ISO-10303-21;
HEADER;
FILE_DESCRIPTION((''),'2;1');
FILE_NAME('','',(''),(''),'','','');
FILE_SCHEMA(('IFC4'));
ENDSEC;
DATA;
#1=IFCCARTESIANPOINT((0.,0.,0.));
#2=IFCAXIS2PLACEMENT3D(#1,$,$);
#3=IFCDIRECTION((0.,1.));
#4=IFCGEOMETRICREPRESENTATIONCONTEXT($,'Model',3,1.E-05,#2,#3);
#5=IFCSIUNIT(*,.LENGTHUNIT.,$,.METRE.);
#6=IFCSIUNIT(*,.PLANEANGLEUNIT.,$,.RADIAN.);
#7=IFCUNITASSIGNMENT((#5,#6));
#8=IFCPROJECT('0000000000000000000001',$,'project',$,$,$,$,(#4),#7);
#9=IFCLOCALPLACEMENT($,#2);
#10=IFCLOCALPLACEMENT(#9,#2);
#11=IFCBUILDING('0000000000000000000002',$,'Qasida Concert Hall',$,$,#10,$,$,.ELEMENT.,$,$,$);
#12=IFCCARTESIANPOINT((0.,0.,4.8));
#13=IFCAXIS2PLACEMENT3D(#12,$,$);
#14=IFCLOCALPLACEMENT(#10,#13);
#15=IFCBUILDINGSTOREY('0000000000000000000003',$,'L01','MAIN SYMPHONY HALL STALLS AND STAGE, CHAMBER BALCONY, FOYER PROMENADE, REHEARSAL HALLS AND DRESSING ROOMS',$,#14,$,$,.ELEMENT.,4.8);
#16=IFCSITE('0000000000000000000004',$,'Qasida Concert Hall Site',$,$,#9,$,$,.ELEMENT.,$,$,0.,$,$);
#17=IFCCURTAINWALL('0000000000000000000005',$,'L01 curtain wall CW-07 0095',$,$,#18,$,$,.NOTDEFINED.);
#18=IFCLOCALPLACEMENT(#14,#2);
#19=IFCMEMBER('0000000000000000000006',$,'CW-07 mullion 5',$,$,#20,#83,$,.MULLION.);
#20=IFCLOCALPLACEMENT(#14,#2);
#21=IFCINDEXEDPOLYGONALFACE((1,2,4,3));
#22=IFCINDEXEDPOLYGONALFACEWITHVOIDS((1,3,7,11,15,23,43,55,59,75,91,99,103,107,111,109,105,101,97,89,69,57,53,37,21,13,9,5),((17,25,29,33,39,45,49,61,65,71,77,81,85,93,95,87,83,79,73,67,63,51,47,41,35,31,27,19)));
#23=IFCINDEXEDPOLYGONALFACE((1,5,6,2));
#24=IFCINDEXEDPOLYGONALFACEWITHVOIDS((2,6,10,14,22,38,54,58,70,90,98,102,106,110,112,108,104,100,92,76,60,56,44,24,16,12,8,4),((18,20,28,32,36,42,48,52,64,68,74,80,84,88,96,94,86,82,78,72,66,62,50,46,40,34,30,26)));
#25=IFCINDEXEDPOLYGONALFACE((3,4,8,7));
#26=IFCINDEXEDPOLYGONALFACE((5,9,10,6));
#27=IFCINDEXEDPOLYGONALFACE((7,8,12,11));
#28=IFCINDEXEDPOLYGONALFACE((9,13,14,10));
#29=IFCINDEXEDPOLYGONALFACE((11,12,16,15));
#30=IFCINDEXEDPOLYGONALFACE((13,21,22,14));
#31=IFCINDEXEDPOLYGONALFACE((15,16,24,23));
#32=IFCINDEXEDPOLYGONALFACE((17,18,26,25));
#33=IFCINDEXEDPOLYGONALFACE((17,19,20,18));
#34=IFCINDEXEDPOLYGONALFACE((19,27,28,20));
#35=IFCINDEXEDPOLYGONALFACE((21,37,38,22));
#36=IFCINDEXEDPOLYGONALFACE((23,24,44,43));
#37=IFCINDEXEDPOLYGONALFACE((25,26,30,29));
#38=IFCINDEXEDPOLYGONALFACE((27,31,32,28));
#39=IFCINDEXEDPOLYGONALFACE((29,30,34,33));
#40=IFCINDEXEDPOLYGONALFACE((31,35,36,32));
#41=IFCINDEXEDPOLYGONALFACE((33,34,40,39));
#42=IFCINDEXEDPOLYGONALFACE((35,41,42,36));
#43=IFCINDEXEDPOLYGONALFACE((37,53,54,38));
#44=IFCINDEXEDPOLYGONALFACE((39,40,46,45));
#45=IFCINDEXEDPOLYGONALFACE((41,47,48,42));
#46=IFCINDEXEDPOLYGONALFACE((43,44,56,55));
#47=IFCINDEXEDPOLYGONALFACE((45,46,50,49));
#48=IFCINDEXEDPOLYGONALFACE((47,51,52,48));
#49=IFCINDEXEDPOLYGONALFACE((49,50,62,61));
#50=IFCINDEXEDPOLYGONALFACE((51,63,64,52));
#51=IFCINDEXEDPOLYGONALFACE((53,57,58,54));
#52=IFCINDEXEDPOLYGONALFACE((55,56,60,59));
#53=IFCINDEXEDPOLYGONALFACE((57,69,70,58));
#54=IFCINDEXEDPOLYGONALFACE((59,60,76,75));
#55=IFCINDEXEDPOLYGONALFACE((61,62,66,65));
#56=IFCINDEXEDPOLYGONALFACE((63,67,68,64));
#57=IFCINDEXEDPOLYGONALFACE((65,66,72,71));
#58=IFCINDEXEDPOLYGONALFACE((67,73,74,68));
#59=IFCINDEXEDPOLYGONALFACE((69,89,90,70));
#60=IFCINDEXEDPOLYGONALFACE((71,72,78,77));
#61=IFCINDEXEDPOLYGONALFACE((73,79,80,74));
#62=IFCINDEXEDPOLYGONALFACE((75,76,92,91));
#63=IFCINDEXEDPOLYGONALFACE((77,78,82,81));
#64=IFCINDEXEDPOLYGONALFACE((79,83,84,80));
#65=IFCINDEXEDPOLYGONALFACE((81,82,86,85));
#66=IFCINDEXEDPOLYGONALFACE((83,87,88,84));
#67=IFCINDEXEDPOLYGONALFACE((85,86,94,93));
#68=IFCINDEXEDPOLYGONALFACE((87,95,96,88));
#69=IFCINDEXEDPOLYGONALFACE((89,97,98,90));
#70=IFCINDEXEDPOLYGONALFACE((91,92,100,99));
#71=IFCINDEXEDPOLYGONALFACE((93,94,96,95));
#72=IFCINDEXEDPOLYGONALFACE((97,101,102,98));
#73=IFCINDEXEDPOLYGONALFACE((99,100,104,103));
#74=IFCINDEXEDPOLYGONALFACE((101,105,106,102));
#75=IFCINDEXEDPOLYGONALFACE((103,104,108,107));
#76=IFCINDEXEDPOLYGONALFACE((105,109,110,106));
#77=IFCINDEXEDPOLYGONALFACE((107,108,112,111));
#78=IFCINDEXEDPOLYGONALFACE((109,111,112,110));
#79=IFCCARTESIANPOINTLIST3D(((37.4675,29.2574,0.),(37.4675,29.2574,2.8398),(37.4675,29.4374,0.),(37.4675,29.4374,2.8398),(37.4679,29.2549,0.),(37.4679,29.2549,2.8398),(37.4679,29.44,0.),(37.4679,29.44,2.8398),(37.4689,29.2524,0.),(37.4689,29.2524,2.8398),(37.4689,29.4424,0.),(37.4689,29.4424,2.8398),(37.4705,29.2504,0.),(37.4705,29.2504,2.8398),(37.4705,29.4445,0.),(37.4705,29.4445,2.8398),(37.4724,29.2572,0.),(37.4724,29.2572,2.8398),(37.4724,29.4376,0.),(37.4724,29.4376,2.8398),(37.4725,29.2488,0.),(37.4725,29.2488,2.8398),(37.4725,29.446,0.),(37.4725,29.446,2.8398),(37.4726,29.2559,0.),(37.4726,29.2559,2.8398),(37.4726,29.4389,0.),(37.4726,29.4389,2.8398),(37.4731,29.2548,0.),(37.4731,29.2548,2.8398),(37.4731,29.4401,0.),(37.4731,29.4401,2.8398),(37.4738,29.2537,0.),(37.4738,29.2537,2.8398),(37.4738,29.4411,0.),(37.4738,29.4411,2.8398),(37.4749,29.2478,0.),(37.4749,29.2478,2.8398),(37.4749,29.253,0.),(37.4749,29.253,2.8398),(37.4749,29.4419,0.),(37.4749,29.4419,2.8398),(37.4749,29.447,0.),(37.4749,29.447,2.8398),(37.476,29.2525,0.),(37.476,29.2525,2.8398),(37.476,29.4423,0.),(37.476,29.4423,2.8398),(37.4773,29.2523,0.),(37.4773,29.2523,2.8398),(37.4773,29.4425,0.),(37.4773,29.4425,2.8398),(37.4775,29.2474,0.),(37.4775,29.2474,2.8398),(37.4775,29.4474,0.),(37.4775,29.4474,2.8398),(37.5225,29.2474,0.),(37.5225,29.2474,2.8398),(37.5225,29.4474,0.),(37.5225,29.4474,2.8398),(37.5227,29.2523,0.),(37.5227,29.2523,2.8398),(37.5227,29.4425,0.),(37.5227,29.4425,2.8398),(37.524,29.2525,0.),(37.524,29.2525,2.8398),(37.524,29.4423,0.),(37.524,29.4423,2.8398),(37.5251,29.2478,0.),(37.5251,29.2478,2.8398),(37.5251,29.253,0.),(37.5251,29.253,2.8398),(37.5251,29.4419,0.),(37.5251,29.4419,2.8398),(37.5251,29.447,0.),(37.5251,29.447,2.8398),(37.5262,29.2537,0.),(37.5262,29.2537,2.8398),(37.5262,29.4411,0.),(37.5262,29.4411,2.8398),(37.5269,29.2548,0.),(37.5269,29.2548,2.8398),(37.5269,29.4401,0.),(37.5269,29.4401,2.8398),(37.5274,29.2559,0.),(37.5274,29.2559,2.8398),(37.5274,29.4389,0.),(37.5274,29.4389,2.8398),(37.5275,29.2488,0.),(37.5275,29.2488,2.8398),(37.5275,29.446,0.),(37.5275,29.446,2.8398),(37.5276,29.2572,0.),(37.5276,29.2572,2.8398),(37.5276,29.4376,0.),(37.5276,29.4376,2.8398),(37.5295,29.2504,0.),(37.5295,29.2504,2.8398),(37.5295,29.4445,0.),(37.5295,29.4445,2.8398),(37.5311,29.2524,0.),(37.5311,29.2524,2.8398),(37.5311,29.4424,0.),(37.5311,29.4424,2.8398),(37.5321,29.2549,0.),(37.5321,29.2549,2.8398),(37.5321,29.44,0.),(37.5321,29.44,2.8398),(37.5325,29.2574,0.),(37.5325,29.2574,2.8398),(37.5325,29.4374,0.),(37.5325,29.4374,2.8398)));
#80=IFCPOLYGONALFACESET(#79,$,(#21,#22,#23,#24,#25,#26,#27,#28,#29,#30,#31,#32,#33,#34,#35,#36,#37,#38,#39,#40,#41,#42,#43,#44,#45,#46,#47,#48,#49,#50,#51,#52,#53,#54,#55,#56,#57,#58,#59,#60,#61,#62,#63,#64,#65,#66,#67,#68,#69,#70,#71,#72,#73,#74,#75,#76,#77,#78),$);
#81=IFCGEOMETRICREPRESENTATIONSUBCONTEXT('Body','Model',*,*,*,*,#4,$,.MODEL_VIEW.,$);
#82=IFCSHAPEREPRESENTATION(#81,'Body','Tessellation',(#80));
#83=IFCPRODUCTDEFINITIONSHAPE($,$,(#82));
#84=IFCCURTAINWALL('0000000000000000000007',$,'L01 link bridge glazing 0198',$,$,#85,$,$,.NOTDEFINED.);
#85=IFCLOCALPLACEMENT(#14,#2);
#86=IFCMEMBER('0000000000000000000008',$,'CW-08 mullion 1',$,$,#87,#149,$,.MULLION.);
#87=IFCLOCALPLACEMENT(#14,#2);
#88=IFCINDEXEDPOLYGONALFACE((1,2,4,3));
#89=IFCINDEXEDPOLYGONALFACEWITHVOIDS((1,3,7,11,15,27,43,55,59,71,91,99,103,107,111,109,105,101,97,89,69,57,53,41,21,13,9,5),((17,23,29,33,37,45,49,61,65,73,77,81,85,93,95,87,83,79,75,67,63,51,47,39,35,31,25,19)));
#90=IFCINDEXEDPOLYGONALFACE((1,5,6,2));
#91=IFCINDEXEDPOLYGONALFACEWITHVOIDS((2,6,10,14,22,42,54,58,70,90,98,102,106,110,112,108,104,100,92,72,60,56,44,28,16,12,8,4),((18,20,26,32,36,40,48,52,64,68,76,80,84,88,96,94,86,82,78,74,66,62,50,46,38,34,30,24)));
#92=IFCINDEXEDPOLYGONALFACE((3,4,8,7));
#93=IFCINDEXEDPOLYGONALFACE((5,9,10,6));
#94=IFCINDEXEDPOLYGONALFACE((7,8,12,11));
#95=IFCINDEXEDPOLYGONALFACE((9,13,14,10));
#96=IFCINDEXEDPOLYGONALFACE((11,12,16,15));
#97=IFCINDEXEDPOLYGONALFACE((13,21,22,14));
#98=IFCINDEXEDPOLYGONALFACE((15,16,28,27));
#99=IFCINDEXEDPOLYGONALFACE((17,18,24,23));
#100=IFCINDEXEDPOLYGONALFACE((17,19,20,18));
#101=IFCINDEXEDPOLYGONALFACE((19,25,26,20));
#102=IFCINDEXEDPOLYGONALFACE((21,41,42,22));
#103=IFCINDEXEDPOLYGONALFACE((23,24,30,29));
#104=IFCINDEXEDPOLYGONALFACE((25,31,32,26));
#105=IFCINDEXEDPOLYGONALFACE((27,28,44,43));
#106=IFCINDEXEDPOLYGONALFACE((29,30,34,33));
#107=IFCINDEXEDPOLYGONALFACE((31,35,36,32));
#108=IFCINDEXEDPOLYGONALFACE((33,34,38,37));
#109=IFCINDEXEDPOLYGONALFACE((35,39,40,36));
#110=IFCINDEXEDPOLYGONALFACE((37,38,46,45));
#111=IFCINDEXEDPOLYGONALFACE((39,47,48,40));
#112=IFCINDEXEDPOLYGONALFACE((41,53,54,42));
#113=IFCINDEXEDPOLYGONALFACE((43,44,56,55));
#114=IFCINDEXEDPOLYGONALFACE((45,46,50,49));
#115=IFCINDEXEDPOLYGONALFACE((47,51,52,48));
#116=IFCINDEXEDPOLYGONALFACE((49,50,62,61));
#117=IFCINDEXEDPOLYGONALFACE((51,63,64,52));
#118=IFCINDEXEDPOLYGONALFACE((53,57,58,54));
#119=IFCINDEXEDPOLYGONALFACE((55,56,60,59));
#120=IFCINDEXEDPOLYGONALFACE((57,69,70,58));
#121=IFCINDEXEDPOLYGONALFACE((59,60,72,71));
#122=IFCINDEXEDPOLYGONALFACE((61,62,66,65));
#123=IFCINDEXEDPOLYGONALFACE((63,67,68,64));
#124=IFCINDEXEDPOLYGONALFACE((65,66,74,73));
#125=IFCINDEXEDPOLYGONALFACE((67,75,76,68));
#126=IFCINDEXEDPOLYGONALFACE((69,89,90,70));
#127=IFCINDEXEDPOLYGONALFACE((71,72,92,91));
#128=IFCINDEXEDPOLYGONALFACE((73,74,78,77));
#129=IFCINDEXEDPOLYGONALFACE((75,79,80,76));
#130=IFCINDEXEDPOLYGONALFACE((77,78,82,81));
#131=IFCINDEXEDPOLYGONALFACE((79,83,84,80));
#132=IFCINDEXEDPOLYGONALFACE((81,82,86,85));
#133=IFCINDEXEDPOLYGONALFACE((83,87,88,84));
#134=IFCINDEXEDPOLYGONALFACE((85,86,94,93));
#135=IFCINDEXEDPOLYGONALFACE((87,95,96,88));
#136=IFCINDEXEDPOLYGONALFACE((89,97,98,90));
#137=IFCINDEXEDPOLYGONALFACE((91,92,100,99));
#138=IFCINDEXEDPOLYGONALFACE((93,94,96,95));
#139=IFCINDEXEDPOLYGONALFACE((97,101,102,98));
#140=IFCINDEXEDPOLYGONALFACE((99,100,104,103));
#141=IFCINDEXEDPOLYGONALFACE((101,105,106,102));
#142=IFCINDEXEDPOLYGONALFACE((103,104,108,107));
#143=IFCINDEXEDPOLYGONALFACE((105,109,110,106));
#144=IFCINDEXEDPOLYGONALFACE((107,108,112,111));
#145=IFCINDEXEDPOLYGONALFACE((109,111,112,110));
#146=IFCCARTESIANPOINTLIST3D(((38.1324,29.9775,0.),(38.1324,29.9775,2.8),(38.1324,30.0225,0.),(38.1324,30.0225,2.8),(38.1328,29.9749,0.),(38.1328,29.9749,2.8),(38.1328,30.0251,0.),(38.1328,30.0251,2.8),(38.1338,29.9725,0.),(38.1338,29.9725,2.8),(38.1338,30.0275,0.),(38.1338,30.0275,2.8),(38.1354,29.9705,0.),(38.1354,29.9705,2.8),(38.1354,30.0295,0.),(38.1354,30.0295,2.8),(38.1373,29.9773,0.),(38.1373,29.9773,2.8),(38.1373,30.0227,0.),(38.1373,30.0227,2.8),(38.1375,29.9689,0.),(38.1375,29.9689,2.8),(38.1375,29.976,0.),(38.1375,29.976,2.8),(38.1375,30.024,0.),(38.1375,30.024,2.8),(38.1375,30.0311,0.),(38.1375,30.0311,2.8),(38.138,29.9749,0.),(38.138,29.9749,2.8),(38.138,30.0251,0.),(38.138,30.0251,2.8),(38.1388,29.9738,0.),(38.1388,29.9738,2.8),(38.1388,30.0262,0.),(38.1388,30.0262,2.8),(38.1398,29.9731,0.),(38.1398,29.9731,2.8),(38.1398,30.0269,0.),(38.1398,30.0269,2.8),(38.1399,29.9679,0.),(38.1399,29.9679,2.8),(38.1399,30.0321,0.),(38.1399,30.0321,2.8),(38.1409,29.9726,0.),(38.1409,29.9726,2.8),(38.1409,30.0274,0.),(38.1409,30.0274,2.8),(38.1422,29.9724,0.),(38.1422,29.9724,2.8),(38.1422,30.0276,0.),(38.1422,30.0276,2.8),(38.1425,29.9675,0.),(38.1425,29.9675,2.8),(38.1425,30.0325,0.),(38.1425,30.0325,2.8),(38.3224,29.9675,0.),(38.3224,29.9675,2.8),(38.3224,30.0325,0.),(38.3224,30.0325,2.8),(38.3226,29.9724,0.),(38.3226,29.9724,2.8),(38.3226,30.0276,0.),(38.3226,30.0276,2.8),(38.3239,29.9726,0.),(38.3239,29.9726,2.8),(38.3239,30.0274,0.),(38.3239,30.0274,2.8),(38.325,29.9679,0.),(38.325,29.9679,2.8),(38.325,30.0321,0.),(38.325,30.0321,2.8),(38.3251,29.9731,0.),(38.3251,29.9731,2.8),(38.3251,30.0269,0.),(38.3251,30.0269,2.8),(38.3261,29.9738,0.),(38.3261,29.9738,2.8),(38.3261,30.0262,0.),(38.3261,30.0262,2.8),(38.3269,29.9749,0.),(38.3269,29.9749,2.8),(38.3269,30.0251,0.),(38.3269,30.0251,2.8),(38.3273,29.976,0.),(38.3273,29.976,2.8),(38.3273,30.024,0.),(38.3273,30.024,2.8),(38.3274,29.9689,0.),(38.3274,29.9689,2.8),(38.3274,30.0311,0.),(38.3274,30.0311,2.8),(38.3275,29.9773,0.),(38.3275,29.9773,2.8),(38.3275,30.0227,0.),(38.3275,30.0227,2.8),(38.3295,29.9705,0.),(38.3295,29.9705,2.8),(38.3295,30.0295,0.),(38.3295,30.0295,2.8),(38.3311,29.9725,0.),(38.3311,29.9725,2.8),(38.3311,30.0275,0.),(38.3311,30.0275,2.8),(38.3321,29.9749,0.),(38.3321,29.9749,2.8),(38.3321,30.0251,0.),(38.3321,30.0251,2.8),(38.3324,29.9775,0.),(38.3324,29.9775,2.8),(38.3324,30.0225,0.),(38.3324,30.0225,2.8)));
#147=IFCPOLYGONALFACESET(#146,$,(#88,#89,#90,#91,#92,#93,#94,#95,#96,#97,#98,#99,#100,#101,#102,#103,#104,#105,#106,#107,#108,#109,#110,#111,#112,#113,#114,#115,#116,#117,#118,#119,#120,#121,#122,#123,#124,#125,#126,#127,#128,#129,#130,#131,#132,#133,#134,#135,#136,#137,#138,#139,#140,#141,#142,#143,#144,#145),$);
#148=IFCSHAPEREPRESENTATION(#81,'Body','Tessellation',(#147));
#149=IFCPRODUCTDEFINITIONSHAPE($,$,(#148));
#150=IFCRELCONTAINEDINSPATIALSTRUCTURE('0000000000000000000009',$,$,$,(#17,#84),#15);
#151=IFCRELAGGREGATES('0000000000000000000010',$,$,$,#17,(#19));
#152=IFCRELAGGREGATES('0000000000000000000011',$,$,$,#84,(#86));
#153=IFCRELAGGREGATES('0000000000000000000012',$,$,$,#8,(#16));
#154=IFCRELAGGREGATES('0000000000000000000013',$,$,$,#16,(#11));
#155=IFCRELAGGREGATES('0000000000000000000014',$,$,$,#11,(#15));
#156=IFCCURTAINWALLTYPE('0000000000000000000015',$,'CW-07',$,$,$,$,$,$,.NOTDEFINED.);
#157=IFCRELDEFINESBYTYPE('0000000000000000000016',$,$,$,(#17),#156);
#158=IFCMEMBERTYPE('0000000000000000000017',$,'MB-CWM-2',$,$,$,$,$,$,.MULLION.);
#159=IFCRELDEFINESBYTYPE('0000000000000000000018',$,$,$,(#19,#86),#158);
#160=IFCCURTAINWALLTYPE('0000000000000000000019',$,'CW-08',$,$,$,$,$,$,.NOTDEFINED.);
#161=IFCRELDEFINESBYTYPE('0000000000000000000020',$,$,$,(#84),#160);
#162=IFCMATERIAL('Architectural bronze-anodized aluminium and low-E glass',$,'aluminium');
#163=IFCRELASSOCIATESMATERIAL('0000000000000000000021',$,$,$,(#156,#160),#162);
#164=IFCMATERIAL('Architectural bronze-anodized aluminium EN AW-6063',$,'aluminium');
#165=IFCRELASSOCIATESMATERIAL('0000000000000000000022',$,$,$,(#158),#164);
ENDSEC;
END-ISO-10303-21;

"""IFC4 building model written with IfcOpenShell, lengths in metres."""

from ifc_helpers import new_model, si_unit, direction, frame, origin, origin_2d, place, context, subcontext, project, spatial, hollow_rectangle, extrude, material, material_profile, profile_set, type_object, element, aggregate, save


model = new_model("IFC4")

# Units and contexts
model_context = context("Model", 3, precision=1e-05, world=origin(), true_north=direction((0.0, 1.0)))
body_context = subcontext(model_context, "Body", "Model", "MODEL_VIEW")
ifc_project = project(units=[si_unit("LENGTHUNIT", "METRE"), si_unit("PLANEANGLEUNIT", "RADIAN")], contexts=[model_context])

# Site, building, storey
site_placement = place(None, origin())
site = spatial("IfcSite", under=ifc_project, at=site_placement, Name="Qasida Concert Hall Site", CompositionType="ELEMENT", RefElevation=0.0)
building_placement = place(site_placement, origin())
building = spatial("IfcBuilding", under=site, at=building_placement, Name="Qasida Concert Hall", CompositionType="ELEMENT")
storey_placement = place(building_placement, frame((0.0, 0.0, 4.8)))
storey = spatial("IfcBuildingStorey", under=building, at=storey_placement, Name="L01", Description="MAIN SYMPHONY HALL STALLS AND STAGE, CHAMBER BALCONY, FOYER PROMENADE, REHEARSAL HALLS AND DRESSING ROOMS", CompositionType="ELEMENT", Elevation=4.8)

# Curtain wall, member
ifc_material_1 = material(Name="Architectural bronze-anodized aluminium and low-E glass", Category="aluminium")
curtain_wall_type_1 = type_object("IfcCurtainWallType", Name="CW-07", PredefinedType="NOTDEFINED", material=ifc_material_1)
curtain_wall_1_placement = place(storey_placement, origin())
curtain_wall_1 = element("IfcCurtainWall", 1, at=curtain_wall_1_placement, inside=storey, type_object=curtain_wall_type_1, Name="L01 curtain wall CW-07 0095", PredefinedType="NOTDEFINED")
ifc_material_2 = material(Name="Architectural bronze-anodized aluminium EN AW-6063", Category="aluminium")
ifc_material_profile_1 = material_profile(ifc_material_2, hollow_rectangle(XDim=0.0649, YDim=0.2, WallThickness=0.0049, InnerFilletRadius=0.0049, OuterFilletRadius=0.01, at=origin_2d()), Name="CWM 200x65x5")
ifc_profile_set_1 = profile_set([ifc_material_profile_1], Name="Architectural bronze-anodized aluminium EN AW-6063")
member_type_1 = type_object("IfcMemberType", Name="MB-CWM-2", PredefinedType="MULLION", material=ifc_profile_set_1)
member_1_placement = place(storey_placement, frame((37.5, 29.3474, 0.0), z_axis=(0.0, 0.0, 1.0), x_axis=(-1.0, 0.0, 0.0)))
member_1 = element("IfcMember", 2, at=member_1_placement, type_object=member_type_1, Name="CW-07 mullion 5", PredefinedType="MULLION", context=body_context, shape_type="SweptSolid", body=[
    extrude(hollow_rectangle(XDim=0.0649, YDim=0.2, WallThickness=0.0049, InnerFilletRadius=0.0049, OuterFilletRadius=0.01, at=origin_2d()), origin(), (0.0, 0.0, 1.0), 2.8398),
])

# Curtain wall, member
curtain_wall_type_2 = type_object("IfcCurtainWallType", Name="CW-08", PredefinedType="NOTDEFINED", material=ifc_material_1)
curtain_wall_2_placement = place(storey_placement, origin())
curtain_wall_2 = element("IfcCurtainWall", 3, at=curtain_wall_2_placement, inside=storey, type_object=curtain_wall_type_2, Name="L01 link bridge glazing 0198", PredefinedType="NOTDEFINED")
member_2_placement = place(storey_placement, frame((38.2324, 30.0, 0.0), z_axis=(0.0, 0.0, 1.0), x_axis=(0.0, 1.0, 0.0)))
member_2 = element("IfcMember", 4, at=member_2_placement, type_object=member_type_1, Name="CW-08 mullion 1", PredefinedType="MULLION", context=body_context, shape_type="SweptSolid", body=[
    extrude(hollow_rectangle(XDim=0.0649, YDim=0.2, WallThickness=0.0049, InnerFilletRadius=0.0049, OuterFilletRadius=0.01, at=origin_2d()), origin(), (0.0, 0.0, 1.0), 2.8),
])

aggregate(curtain_wall_1, [member_1])
aggregate(curtain_wall_2, [member_2])

save(model, "model.ifc")
